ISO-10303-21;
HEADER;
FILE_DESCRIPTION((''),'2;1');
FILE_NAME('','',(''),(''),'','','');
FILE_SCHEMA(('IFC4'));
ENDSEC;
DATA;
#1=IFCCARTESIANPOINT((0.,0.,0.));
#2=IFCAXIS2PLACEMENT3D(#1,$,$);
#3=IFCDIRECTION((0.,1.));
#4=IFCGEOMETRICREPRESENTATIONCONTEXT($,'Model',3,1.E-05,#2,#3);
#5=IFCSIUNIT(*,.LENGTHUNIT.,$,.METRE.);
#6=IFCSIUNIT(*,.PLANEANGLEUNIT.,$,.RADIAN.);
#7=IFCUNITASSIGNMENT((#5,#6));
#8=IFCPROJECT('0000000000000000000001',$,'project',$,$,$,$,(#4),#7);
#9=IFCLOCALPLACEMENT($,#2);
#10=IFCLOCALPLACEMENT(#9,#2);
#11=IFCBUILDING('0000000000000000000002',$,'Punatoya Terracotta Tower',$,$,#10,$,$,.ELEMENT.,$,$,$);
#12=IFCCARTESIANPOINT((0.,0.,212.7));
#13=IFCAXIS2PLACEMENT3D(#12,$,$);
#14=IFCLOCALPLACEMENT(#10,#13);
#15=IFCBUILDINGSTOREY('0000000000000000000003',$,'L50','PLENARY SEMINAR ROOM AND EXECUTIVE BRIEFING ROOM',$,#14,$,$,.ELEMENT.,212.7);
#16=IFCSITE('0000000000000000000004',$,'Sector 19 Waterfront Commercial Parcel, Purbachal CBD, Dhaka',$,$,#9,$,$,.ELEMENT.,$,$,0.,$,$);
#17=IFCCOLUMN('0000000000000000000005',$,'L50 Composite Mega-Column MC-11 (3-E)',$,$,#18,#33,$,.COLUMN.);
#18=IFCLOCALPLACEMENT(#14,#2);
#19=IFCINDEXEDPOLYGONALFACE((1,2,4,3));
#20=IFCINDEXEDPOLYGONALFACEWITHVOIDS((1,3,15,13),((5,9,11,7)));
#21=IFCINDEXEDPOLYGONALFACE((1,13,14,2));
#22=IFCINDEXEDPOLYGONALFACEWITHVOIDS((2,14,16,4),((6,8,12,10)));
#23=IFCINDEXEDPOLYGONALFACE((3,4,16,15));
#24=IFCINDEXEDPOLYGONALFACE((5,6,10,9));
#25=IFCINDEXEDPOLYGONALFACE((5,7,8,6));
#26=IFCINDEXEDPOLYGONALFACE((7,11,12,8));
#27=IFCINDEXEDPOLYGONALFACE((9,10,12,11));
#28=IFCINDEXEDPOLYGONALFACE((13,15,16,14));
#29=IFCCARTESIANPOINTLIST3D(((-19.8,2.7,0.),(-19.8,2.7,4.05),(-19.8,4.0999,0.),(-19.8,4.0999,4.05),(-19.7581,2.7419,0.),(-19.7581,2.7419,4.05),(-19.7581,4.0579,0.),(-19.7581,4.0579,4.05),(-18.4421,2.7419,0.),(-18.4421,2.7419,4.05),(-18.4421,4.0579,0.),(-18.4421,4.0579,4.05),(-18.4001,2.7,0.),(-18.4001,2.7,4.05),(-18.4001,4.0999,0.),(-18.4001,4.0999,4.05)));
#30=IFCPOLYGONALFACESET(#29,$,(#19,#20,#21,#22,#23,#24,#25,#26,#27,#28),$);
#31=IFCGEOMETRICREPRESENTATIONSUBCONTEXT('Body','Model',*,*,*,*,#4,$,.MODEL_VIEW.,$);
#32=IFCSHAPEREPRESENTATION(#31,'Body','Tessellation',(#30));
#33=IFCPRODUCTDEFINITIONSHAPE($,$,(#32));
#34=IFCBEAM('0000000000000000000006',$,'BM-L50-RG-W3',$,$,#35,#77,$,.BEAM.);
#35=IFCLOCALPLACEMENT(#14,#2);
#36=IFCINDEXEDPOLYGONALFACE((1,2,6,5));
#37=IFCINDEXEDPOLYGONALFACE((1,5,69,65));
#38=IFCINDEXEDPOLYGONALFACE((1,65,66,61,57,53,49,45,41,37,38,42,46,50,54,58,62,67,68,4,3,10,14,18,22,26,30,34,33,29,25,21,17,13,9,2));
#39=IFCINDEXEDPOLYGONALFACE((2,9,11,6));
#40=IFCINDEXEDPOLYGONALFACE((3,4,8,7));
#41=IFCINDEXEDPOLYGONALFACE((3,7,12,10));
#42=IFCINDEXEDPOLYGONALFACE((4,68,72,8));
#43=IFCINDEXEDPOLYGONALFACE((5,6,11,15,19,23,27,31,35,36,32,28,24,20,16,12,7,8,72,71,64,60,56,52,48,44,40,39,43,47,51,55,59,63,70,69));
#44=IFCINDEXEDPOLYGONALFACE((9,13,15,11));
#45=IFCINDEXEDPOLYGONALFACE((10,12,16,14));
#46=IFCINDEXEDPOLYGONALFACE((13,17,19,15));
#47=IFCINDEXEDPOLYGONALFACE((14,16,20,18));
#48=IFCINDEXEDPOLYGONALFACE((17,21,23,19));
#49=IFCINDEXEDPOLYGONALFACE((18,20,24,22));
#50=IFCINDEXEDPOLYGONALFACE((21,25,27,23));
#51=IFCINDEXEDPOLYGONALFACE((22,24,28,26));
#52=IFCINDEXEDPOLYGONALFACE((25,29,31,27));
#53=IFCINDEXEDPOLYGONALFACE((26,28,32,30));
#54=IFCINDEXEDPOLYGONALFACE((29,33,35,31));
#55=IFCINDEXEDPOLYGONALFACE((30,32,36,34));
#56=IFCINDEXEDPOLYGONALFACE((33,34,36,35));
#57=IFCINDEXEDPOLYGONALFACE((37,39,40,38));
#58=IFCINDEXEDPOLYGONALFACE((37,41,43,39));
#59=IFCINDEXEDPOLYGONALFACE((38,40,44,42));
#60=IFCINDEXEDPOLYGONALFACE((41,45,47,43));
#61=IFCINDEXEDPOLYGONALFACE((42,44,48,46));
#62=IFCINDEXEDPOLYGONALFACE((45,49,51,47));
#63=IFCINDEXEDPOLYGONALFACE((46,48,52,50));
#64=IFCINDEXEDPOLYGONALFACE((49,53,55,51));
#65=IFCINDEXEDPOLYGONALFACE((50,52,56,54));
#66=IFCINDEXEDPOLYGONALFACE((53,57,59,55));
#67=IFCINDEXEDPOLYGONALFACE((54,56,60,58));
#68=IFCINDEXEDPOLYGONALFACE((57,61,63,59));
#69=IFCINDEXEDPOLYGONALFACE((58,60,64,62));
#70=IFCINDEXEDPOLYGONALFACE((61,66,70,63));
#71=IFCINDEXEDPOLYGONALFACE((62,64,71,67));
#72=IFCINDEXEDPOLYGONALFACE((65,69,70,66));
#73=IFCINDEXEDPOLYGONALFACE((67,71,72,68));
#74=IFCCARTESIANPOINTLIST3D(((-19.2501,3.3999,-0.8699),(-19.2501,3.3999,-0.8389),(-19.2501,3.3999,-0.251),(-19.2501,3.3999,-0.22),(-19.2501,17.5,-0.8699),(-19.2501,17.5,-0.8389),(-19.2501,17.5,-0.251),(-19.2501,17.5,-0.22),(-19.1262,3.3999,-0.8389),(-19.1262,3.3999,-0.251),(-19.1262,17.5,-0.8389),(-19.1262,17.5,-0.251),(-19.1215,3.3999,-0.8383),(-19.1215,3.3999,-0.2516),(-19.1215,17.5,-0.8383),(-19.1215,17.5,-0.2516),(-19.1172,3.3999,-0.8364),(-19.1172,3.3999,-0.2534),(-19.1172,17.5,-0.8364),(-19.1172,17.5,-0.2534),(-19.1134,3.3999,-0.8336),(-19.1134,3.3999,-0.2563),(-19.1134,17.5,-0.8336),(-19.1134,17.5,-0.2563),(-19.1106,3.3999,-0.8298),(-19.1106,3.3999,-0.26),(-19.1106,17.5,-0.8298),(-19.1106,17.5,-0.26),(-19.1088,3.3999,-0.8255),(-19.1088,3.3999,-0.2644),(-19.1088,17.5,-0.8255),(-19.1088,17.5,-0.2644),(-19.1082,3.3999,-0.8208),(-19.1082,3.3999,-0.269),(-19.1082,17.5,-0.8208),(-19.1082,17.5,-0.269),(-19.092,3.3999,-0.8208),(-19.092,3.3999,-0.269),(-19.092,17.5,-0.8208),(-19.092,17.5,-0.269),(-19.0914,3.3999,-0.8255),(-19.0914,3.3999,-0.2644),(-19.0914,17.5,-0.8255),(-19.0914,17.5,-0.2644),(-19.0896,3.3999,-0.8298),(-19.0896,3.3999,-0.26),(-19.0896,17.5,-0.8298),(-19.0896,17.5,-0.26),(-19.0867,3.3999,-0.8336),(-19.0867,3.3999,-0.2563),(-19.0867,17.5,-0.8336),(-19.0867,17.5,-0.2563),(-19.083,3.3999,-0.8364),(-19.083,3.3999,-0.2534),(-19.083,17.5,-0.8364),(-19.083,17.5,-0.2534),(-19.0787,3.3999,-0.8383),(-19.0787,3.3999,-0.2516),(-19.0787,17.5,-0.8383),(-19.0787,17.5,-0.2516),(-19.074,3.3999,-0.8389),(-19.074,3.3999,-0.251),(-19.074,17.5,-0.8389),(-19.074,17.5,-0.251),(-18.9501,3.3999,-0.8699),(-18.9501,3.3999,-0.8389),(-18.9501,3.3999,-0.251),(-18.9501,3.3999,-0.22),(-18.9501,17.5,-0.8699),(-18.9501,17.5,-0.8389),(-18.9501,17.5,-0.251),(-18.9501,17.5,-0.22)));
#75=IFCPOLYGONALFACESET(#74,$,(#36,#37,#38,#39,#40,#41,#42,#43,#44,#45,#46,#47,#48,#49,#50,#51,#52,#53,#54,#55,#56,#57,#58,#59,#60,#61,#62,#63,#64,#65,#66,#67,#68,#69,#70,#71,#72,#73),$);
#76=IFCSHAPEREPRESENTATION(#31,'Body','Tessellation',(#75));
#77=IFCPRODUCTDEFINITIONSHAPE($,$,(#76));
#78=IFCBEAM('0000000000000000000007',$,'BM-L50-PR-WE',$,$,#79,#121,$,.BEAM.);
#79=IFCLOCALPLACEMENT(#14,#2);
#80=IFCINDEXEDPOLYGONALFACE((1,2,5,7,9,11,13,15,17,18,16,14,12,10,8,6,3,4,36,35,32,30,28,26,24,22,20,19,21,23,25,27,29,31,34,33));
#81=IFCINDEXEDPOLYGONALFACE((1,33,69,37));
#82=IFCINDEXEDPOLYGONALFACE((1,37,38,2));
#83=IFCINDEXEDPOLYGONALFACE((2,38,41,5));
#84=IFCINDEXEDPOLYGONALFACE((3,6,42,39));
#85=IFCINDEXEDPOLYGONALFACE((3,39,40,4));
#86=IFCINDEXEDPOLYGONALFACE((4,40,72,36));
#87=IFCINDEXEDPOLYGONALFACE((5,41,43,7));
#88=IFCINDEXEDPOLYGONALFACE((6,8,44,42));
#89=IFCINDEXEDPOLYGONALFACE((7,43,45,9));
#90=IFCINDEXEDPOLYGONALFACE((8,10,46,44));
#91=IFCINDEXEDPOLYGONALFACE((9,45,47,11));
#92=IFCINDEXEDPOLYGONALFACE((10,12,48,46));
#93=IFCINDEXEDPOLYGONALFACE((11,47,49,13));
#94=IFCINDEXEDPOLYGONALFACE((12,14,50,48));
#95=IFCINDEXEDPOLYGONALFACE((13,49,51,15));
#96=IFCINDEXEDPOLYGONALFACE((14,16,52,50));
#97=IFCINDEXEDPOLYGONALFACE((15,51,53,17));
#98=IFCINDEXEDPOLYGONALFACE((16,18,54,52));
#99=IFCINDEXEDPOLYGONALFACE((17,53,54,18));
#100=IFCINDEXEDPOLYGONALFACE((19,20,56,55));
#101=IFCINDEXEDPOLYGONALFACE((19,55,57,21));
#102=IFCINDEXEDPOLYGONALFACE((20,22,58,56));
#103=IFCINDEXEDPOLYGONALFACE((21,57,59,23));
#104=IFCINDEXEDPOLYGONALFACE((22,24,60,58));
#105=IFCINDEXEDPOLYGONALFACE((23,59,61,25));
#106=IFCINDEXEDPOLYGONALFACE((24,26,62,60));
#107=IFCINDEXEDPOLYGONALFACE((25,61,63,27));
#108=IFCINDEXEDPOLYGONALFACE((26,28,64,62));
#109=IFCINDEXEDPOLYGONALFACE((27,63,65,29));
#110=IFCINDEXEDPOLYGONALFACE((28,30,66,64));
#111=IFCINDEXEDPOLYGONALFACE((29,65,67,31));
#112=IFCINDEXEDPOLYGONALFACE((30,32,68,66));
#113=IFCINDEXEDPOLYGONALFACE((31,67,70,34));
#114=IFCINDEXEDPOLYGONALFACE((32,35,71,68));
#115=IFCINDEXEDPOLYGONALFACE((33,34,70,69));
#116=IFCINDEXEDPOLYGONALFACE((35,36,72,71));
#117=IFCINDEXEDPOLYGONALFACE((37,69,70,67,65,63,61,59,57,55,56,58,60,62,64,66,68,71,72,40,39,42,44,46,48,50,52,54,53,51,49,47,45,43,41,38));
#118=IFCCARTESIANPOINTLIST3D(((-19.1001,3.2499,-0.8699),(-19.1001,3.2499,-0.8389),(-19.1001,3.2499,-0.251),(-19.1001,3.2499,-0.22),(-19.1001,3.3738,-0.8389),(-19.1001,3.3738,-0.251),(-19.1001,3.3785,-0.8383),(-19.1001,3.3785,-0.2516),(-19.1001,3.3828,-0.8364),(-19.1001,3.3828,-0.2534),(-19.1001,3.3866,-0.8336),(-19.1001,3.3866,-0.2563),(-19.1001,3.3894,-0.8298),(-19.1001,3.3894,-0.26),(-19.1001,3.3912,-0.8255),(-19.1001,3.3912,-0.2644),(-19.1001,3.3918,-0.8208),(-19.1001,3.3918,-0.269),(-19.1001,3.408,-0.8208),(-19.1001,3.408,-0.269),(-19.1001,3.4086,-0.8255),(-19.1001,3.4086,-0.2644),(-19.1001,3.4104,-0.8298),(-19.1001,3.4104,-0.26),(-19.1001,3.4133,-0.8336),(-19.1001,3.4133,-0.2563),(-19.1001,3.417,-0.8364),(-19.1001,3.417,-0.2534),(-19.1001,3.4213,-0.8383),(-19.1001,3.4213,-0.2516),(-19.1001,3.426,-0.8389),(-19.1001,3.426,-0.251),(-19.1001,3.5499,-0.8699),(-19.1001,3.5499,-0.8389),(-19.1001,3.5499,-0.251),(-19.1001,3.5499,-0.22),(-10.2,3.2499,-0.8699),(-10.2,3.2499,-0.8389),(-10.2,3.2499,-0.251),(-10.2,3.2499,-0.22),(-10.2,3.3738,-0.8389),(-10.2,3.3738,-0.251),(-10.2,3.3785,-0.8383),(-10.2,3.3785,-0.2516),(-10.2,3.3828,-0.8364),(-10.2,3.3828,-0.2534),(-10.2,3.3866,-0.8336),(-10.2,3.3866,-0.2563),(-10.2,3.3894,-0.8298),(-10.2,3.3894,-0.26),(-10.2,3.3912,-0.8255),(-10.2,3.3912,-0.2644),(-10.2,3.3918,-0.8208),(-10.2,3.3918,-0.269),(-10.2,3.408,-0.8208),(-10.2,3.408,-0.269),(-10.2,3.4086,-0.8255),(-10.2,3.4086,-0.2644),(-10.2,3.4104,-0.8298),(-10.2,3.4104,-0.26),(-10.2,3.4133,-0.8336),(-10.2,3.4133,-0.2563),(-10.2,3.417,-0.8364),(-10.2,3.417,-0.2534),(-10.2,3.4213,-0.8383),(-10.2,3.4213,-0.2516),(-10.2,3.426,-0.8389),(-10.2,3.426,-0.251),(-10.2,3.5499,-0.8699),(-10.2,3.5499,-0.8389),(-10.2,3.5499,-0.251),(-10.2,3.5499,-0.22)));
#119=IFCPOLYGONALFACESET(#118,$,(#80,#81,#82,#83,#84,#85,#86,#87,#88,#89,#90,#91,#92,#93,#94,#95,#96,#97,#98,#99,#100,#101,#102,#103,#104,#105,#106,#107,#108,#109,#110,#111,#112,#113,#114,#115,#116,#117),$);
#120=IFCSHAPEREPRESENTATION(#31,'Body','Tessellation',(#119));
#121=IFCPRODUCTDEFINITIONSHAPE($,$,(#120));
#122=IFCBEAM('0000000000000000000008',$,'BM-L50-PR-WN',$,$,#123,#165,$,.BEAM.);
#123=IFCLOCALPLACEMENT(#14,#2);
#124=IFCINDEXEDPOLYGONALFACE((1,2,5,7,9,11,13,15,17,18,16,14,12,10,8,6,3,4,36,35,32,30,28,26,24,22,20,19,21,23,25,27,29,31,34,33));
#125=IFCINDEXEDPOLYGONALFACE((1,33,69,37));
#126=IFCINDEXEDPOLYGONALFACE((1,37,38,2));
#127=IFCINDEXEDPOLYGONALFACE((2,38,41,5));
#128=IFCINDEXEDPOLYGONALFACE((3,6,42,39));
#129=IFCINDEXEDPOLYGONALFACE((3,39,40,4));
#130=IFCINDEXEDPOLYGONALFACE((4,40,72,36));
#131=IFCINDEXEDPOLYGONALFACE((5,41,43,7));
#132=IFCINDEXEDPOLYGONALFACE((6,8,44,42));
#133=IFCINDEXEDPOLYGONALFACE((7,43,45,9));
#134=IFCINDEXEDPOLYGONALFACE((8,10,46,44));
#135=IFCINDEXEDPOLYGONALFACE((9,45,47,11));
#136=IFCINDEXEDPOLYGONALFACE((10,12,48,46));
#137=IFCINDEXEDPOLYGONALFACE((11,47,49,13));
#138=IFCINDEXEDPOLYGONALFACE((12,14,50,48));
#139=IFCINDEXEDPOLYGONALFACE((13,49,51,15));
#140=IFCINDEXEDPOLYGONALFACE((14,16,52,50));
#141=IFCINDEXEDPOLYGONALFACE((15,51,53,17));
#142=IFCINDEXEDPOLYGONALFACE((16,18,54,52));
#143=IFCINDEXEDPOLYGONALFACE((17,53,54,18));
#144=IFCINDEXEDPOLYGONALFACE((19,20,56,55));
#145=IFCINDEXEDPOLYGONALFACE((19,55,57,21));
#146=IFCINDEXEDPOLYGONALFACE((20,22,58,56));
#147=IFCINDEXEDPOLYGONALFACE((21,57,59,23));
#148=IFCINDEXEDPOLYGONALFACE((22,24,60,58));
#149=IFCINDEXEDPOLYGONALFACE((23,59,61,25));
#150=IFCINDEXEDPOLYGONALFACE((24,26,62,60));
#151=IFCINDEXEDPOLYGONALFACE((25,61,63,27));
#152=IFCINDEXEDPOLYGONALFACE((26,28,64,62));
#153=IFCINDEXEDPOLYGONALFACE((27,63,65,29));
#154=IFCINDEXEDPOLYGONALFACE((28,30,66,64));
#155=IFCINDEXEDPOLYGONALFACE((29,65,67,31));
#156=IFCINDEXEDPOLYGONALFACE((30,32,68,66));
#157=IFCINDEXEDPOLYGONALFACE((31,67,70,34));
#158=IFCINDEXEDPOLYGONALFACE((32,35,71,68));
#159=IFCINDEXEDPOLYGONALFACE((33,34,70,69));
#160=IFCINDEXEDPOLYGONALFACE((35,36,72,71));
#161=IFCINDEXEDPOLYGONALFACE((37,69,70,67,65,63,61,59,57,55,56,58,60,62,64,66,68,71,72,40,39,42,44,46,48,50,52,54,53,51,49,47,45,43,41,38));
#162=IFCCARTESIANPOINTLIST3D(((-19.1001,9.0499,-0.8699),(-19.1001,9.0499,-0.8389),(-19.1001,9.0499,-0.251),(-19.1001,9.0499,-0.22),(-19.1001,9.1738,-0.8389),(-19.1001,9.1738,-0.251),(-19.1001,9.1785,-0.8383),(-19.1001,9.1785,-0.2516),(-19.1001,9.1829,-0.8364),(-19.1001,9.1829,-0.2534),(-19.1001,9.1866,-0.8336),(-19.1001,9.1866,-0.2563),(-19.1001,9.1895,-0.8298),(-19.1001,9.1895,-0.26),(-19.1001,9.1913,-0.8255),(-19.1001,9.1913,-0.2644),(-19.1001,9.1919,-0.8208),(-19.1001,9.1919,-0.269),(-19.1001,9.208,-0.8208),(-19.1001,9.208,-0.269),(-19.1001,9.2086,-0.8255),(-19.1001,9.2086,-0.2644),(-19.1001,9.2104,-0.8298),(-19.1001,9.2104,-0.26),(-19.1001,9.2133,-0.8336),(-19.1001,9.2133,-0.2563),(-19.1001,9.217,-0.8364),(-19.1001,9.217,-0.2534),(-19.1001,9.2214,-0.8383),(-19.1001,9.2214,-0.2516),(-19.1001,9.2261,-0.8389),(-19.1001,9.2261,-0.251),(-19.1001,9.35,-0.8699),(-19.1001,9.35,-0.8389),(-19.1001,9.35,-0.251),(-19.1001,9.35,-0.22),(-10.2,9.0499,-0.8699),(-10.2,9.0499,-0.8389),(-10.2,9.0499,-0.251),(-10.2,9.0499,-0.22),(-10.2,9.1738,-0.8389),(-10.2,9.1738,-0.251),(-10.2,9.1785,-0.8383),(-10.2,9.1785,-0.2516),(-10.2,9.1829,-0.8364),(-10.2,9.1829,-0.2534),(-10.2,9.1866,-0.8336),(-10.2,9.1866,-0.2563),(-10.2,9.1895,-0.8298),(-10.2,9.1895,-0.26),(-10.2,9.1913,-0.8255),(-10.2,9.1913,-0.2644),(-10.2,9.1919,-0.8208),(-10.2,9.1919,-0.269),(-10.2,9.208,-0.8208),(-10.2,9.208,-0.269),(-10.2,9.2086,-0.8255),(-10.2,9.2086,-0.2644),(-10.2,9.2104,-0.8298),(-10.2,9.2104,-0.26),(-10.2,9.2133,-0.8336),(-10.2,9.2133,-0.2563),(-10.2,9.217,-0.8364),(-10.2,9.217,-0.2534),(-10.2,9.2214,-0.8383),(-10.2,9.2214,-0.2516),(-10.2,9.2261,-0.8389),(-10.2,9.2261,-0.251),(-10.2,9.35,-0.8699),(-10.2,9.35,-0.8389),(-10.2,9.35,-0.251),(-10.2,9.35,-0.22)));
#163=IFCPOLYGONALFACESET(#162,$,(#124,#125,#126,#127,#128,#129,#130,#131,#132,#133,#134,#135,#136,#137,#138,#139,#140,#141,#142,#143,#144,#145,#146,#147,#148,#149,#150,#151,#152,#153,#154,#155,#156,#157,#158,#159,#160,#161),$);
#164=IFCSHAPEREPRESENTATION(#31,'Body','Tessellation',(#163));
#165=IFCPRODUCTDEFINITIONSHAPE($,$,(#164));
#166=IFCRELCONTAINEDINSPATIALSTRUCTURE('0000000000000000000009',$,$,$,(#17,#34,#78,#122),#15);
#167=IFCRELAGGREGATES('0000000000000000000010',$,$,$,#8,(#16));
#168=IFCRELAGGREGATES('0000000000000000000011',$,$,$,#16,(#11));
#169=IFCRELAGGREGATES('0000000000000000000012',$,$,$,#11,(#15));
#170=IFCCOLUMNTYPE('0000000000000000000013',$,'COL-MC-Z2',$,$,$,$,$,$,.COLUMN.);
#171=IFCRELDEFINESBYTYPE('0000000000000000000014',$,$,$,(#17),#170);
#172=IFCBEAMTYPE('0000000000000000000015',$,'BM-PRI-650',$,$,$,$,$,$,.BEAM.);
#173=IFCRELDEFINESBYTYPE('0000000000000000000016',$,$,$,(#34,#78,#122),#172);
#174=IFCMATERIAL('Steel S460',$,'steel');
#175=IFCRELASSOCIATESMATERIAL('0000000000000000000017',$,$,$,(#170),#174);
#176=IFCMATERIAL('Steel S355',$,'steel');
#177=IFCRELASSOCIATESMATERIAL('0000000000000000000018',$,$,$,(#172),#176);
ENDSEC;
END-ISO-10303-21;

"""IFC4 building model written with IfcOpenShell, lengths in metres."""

from ifc_helpers import new_model, si_unit, direction, frame, origin, origin_2d, place, context, subcontext, project, spatial, hollow_rectangle, i_section, extrude, material, material_profile, profile_set, type_object, element, save


model = new_model("IFC4")

# Units and contexts
model_context = context("Model", 3, precision=1e-05, world=origin(), true_north=direction((0.0, 1.0)))
body_context = subcontext(model_context, "Body", "Model", "MODEL_VIEW")
ifc_project = project(units=[si_unit("LENGTHUNIT", "METRE"), si_unit("PLANEANGLEUNIT", "RADIAN")], contexts=[model_context])

# Site, building, storey
site_placement = place(None, origin())
site = spatial("IfcSite", under=ifc_project, at=site_placement, Name="Sector 19 Waterfront Commercial Parcel, Purbachal CBD, Dhaka", CompositionType="ELEMENT", RefElevation=0.0)
building_placement = place(site_placement, origin())
building = spatial("IfcBuilding", under=site, at=building_placement, Name="Punatoya Terracotta Tower", CompositionType="ELEMENT")
storey_placement = place(building_placement, frame((0.0, 0.0, 212.7)))
storey = spatial("IfcBuildingStorey", under=building, at=storey_placement, Name="L50", Description="PLENARY SEMINAR ROOM AND EXECUTIVE BRIEFING ROOM", CompositionType="ELEMENT", Elevation=212.7)

# Column
ifc_material_1 = material(Name="Steel S460", Category="steel")
ifc_material_profile_1 = material_profile(ifc_material_1, hollow_rectangle(XDim=1.3999, YDim=1.3999, WallThickness=0.042, at=origin_2d()))
ifc_profile_set_1 = profile_set([ifc_material_profile_1], Name="Steel S460")
column_type = type_object("IfcColumnType", Name="COL-MC-Z2", PredefinedType="COLUMN", material=ifc_profile_set_1)
column_placement = place(storey_placement, frame((-19.1001, 3.3999, 0.0), z_axis=(0.0, 0.0, 1.0), x_axis=(1.0, 0.0, 0.0)))
element("IfcColumn", 1, at=column_placement, inside=storey, type_object=column_type, Name="L50 Composite Mega-Column MC-11 (3-E)", PredefinedType="COLUMN", context=body_context, shape_type="SweptSolid", body=[
    extrude(hollow_rectangle(XDim=1.3999, YDim=1.3999, WallThickness=0.042, at=origin_2d()), origin(), (0.0, 0.0, 1.0), 4.05),
])

# Beams
ifc_material_2 = material(Name="Steel S355", Category="steel")
ifc_material_profile_2 = material_profile(ifc_material_2, i_section(OverallWidth=0.3, OverallDepth=0.6499, WebThickness=0.0161, FlangeThickness=0.031, FilletRadius=0.0181, at=origin_2d()))
ifc_profile_set_2 = profile_set([ifc_material_profile_2], Name="Steel S355")
beam_type_1 = type_object("IfcBeamType", Name="BM-PRI-650", PredefinedType="BEAM", material=ifc_profile_set_2)
beam_1_placement = place(storey_placement, frame((-19.1001, 3.3999, -0.5449), z_axis=(0.0, 1.0, 0.0), x_axis=(-1.0, 0.0, 0.0)))
element("IfcBeam", 2, at=beam_1_placement, inside=storey, type_object=beam_type_1, Name="BM-L50-RG-W3", PredefinedType="BEAM", context=body_context, shape_type="SweptSolid", body=[
    extrude(i_section(OverallWidth=0.3, OverallDepth=0.6499, WebThickness=0.0161, FlangeThickness=0.031, FilletRadius=0.0181, at=origin_2d()), origin(), (0.0, 0.0, 1.0), 14.1001),
])
for number, where, z_axis, x_axis, name in (
    (3, (-19.1001, 3.3999, -0.5449), (1.0, 0.0, 0.0), (0.0, 1.0, 0.0), "BM-L50-PR-WE"),
    (4, (-19.1001, 9.2, -0.5449), (1.0, 0.0, 0.0), (0.0, 1.0, 0.0), "BM-L50-PR-WN"),
):
    element("IfcBeam", number, at=place(storey_placement, frame(where, z_axis=z_axis, x_axis=x_axis)), inside=storey, type_object=beam_type_1, Name=name, PredefinedType="BEAM", context=body_context, shape_type="SweptSolid", body=[
        extrude(i_section(OverallWidth=0.3, OverallDepth=0.6499, WebThickness=0.0161, FlangeThickness=0.031, FilletRadius=0.0181, at=origin_2d()), origin(), (0.0, 0.0, 1.0), 8.9001),
    ])

save(model, "model.ifc")
